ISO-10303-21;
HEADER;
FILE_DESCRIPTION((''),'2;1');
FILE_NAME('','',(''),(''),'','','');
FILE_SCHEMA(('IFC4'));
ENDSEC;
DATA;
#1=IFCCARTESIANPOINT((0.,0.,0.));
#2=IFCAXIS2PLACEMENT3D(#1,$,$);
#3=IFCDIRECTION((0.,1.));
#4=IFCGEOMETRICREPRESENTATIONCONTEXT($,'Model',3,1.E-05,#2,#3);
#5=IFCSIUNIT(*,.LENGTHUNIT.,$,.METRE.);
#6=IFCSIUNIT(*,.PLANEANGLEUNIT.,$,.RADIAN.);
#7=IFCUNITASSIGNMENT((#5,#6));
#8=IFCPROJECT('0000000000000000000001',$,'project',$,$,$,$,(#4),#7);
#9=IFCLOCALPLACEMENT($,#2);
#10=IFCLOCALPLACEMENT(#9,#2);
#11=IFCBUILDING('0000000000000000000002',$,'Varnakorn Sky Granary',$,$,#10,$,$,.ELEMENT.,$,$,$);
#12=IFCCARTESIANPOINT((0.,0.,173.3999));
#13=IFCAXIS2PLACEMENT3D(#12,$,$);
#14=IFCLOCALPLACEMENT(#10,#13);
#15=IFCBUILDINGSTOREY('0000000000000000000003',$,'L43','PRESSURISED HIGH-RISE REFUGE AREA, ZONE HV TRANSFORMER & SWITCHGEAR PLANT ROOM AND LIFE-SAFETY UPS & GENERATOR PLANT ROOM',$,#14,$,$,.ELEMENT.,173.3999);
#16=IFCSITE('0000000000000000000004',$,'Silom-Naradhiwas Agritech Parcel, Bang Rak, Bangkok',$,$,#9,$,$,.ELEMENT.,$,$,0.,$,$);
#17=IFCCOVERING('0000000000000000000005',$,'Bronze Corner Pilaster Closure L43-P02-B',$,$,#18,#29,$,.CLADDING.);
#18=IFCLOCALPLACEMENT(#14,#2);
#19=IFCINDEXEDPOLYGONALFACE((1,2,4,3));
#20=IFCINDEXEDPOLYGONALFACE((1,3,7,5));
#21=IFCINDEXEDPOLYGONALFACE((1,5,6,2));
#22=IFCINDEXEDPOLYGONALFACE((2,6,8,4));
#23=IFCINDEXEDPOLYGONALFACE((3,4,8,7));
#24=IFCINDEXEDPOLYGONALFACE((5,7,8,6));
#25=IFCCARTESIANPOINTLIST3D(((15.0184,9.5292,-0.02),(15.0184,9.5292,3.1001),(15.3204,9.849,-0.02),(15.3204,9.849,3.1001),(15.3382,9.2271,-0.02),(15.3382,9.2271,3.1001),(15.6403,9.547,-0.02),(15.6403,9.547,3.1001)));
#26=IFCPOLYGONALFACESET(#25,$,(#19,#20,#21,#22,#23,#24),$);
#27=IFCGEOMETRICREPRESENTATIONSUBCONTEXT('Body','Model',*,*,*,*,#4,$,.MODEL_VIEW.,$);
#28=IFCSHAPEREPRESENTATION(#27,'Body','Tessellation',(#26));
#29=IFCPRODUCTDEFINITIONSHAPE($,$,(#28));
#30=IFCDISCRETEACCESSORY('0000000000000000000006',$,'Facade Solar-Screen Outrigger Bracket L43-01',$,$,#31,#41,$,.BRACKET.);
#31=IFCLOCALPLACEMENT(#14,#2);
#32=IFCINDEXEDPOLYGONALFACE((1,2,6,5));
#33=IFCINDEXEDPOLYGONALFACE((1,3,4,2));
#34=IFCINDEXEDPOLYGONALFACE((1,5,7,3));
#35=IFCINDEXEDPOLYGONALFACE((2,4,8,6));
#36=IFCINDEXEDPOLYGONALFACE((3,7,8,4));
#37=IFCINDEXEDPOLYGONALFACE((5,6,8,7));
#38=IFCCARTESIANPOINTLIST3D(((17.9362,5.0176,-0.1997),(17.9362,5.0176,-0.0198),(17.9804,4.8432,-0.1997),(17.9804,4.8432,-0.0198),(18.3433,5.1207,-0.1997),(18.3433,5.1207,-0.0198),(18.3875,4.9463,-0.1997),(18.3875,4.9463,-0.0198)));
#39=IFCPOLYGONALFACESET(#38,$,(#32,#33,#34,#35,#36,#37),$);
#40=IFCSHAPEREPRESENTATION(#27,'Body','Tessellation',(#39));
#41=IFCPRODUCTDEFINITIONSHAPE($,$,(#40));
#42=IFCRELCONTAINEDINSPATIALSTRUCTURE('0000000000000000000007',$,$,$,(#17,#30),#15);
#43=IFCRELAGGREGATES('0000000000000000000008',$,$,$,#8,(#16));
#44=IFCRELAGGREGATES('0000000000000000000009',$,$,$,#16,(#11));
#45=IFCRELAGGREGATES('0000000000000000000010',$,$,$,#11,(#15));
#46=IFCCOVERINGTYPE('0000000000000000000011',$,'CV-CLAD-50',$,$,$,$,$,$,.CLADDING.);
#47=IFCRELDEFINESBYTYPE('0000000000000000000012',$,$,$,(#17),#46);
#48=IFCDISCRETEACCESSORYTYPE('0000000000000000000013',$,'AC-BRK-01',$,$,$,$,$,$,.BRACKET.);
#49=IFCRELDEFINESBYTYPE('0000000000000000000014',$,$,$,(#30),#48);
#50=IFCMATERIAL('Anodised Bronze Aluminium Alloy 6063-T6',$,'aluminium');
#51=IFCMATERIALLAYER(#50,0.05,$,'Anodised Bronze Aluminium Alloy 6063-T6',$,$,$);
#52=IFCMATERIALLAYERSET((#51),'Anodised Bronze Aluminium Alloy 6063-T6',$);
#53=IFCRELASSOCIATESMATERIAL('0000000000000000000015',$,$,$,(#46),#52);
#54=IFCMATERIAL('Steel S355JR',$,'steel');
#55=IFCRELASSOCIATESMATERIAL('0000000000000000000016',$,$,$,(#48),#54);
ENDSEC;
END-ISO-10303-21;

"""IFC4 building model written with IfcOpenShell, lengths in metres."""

from ifc_helpers import new_model, si_unit, direction, frame, origin, origin_2d, place, context, subcontext, project, spatial, rectangle, extrude, source, transform, mapped, material, layer, layer_set, type_object, type_shapes, element, save


model = new_model("IFC4")

# Units and contexts
model_context = context("Model", 3, precision=1e-05, world=origin(), true_north=direction((0.0, 1.0)))
body_context = subcontext(model_context, "Body", "Model", "MODEL_VIEW")
ifc_project = project(units=[si_unit("LENGTHUNIT", "METRE"), si_unit("PLANEANGLEUNIT", "RADIAN")], contexts=[model_context])

# Site, building, storey
site_placement = place(None, origin())
site = spatial("IfcSite", under=ifc_project, at=site_placement, Name="Silom-Naradhiwas Agritech Parcel, Bang Rak, Bangkok", CompositionType="ELEMENT", RefElevation=0.0)
building_placement = place(site_placement, origin())
building = spatial("IfcBuilding", under=site, at=building_placement, Name="Varnakorn Sky Granary", CompositionType="ELEMENT")
storey_placement = place(building_placement, frame((0.0, 0.0, 173.3999)))
storey = spatial("IfcBuildingStorey", under=building, at=storey_placement, Name="L43", Description="PRESSURISED HIGH-RISE REFUGE AREA, ZONE HV TRANSFORMER & SWITCHGEAR PLANT ROOM AND LIFE-SAFETY UPS & GENERATOR PLANT ROOM", CompositionType="ELEMENT", Elevation=173.3999)

# Shared definitions
ifc_material_1 = material(Name="Steel S355JR", Category="steel")

# Shared definitions
ifc_material_2 = material(Name="Anodised Bronze Aluminium Alloy 6063-T6", Category="aluminium")
ifc_layer_1 = layer(ifc_material_2, 0.05, Name="Anodised Bronze Aluminium Alloy 6063-T6")
ifc_layer_set_1 = layer_set([ifc_layer_1], Name="Anodised Bronze Aluminium Alloy 6063-T6")
covering_type = type_object("IfcCoveringType", Name="CV-CLAD-50", PredefinedType="CLADDING", material=ifc_layer_set_1)

# Covering
shared_shape_1 = source(origin(), body_context, "Body", "SweptSolid", [
    extrude(rectangle(XDim=0.4399, YDim=0.4399, at=origin_2d()), origin(), (0.0, 0.0, 1.0), 3.1201),
])
for number, where, z_axis, x_axis, name in (
    (1, (15.3293, 9.5381, -0.02), (0.0, 0.0, 1.0), (0.727054, -0.68658, 0.0), "Bronze Corner Pilaster Closure L43-P02-B"),
):
    element("IfcCovering", number, at=place(storey_placement, frame(where, z_axis=z_axis, x_axis=x_axis)), inside=storey, type_object=covering_type, Name=name, PredefinedType="CLADDING", context=body_context, shape_type="MappedRepresentation", body=[
        mapped(shared_shape_1, transform((0.0, 0.0, 0.0), x_axis=(1.0, 0.0, 0.0), y_axis=(0.0, 1.0, 0.0), z_axis=(0.0, 0.0, 1.0), scale=1.0)),
    ])

# Discrete accessory
discrete_accessory_type = type_object("IfcDiscreteAccessoryType", Name="AC-BRK-01", PredefinedType="BRACKET", material=ifc_material_1)
shared_shape_2 = source(origin(), body_context, "Body", "SweptSolid", [
    extrude(rectangle(XDim=0.1799, YDim=0.4199, at=origin_2d()), origin(), (0.0, 0.0, 1.0), 0.1799),
])
type_shapes(discrete_accessory_type, [shared_shape_2])
discrete_accessory_placement = place(storey_placement, frame((18.1619, 4.9819, -0.1997), z_axis=(0.0, 0.0, 1.0), x_axis=(-0.245621, 0.969366, 0.0)))
element("IfcDiscreteAccessory", 2, at=discrete_accessory_placement, inside=storey, type_object=discrete_accessory_type, Name="Facade Solar-Screen Outrigger Bracket L43-01", PredefinedType="BRACKET", context=body_context, shape_type="MappedRepresentation", body=[
    mapped(shared_shape_2, transform((0.0, 0.0, 0.0), x_axis=(1.0, 0.0, 0.0), y_axis=(0.0, 1.0, 0.0), z_axis=(0.0, 0.0, 1.0), scale=1.0)),
])

save(model, "model.ifc")
